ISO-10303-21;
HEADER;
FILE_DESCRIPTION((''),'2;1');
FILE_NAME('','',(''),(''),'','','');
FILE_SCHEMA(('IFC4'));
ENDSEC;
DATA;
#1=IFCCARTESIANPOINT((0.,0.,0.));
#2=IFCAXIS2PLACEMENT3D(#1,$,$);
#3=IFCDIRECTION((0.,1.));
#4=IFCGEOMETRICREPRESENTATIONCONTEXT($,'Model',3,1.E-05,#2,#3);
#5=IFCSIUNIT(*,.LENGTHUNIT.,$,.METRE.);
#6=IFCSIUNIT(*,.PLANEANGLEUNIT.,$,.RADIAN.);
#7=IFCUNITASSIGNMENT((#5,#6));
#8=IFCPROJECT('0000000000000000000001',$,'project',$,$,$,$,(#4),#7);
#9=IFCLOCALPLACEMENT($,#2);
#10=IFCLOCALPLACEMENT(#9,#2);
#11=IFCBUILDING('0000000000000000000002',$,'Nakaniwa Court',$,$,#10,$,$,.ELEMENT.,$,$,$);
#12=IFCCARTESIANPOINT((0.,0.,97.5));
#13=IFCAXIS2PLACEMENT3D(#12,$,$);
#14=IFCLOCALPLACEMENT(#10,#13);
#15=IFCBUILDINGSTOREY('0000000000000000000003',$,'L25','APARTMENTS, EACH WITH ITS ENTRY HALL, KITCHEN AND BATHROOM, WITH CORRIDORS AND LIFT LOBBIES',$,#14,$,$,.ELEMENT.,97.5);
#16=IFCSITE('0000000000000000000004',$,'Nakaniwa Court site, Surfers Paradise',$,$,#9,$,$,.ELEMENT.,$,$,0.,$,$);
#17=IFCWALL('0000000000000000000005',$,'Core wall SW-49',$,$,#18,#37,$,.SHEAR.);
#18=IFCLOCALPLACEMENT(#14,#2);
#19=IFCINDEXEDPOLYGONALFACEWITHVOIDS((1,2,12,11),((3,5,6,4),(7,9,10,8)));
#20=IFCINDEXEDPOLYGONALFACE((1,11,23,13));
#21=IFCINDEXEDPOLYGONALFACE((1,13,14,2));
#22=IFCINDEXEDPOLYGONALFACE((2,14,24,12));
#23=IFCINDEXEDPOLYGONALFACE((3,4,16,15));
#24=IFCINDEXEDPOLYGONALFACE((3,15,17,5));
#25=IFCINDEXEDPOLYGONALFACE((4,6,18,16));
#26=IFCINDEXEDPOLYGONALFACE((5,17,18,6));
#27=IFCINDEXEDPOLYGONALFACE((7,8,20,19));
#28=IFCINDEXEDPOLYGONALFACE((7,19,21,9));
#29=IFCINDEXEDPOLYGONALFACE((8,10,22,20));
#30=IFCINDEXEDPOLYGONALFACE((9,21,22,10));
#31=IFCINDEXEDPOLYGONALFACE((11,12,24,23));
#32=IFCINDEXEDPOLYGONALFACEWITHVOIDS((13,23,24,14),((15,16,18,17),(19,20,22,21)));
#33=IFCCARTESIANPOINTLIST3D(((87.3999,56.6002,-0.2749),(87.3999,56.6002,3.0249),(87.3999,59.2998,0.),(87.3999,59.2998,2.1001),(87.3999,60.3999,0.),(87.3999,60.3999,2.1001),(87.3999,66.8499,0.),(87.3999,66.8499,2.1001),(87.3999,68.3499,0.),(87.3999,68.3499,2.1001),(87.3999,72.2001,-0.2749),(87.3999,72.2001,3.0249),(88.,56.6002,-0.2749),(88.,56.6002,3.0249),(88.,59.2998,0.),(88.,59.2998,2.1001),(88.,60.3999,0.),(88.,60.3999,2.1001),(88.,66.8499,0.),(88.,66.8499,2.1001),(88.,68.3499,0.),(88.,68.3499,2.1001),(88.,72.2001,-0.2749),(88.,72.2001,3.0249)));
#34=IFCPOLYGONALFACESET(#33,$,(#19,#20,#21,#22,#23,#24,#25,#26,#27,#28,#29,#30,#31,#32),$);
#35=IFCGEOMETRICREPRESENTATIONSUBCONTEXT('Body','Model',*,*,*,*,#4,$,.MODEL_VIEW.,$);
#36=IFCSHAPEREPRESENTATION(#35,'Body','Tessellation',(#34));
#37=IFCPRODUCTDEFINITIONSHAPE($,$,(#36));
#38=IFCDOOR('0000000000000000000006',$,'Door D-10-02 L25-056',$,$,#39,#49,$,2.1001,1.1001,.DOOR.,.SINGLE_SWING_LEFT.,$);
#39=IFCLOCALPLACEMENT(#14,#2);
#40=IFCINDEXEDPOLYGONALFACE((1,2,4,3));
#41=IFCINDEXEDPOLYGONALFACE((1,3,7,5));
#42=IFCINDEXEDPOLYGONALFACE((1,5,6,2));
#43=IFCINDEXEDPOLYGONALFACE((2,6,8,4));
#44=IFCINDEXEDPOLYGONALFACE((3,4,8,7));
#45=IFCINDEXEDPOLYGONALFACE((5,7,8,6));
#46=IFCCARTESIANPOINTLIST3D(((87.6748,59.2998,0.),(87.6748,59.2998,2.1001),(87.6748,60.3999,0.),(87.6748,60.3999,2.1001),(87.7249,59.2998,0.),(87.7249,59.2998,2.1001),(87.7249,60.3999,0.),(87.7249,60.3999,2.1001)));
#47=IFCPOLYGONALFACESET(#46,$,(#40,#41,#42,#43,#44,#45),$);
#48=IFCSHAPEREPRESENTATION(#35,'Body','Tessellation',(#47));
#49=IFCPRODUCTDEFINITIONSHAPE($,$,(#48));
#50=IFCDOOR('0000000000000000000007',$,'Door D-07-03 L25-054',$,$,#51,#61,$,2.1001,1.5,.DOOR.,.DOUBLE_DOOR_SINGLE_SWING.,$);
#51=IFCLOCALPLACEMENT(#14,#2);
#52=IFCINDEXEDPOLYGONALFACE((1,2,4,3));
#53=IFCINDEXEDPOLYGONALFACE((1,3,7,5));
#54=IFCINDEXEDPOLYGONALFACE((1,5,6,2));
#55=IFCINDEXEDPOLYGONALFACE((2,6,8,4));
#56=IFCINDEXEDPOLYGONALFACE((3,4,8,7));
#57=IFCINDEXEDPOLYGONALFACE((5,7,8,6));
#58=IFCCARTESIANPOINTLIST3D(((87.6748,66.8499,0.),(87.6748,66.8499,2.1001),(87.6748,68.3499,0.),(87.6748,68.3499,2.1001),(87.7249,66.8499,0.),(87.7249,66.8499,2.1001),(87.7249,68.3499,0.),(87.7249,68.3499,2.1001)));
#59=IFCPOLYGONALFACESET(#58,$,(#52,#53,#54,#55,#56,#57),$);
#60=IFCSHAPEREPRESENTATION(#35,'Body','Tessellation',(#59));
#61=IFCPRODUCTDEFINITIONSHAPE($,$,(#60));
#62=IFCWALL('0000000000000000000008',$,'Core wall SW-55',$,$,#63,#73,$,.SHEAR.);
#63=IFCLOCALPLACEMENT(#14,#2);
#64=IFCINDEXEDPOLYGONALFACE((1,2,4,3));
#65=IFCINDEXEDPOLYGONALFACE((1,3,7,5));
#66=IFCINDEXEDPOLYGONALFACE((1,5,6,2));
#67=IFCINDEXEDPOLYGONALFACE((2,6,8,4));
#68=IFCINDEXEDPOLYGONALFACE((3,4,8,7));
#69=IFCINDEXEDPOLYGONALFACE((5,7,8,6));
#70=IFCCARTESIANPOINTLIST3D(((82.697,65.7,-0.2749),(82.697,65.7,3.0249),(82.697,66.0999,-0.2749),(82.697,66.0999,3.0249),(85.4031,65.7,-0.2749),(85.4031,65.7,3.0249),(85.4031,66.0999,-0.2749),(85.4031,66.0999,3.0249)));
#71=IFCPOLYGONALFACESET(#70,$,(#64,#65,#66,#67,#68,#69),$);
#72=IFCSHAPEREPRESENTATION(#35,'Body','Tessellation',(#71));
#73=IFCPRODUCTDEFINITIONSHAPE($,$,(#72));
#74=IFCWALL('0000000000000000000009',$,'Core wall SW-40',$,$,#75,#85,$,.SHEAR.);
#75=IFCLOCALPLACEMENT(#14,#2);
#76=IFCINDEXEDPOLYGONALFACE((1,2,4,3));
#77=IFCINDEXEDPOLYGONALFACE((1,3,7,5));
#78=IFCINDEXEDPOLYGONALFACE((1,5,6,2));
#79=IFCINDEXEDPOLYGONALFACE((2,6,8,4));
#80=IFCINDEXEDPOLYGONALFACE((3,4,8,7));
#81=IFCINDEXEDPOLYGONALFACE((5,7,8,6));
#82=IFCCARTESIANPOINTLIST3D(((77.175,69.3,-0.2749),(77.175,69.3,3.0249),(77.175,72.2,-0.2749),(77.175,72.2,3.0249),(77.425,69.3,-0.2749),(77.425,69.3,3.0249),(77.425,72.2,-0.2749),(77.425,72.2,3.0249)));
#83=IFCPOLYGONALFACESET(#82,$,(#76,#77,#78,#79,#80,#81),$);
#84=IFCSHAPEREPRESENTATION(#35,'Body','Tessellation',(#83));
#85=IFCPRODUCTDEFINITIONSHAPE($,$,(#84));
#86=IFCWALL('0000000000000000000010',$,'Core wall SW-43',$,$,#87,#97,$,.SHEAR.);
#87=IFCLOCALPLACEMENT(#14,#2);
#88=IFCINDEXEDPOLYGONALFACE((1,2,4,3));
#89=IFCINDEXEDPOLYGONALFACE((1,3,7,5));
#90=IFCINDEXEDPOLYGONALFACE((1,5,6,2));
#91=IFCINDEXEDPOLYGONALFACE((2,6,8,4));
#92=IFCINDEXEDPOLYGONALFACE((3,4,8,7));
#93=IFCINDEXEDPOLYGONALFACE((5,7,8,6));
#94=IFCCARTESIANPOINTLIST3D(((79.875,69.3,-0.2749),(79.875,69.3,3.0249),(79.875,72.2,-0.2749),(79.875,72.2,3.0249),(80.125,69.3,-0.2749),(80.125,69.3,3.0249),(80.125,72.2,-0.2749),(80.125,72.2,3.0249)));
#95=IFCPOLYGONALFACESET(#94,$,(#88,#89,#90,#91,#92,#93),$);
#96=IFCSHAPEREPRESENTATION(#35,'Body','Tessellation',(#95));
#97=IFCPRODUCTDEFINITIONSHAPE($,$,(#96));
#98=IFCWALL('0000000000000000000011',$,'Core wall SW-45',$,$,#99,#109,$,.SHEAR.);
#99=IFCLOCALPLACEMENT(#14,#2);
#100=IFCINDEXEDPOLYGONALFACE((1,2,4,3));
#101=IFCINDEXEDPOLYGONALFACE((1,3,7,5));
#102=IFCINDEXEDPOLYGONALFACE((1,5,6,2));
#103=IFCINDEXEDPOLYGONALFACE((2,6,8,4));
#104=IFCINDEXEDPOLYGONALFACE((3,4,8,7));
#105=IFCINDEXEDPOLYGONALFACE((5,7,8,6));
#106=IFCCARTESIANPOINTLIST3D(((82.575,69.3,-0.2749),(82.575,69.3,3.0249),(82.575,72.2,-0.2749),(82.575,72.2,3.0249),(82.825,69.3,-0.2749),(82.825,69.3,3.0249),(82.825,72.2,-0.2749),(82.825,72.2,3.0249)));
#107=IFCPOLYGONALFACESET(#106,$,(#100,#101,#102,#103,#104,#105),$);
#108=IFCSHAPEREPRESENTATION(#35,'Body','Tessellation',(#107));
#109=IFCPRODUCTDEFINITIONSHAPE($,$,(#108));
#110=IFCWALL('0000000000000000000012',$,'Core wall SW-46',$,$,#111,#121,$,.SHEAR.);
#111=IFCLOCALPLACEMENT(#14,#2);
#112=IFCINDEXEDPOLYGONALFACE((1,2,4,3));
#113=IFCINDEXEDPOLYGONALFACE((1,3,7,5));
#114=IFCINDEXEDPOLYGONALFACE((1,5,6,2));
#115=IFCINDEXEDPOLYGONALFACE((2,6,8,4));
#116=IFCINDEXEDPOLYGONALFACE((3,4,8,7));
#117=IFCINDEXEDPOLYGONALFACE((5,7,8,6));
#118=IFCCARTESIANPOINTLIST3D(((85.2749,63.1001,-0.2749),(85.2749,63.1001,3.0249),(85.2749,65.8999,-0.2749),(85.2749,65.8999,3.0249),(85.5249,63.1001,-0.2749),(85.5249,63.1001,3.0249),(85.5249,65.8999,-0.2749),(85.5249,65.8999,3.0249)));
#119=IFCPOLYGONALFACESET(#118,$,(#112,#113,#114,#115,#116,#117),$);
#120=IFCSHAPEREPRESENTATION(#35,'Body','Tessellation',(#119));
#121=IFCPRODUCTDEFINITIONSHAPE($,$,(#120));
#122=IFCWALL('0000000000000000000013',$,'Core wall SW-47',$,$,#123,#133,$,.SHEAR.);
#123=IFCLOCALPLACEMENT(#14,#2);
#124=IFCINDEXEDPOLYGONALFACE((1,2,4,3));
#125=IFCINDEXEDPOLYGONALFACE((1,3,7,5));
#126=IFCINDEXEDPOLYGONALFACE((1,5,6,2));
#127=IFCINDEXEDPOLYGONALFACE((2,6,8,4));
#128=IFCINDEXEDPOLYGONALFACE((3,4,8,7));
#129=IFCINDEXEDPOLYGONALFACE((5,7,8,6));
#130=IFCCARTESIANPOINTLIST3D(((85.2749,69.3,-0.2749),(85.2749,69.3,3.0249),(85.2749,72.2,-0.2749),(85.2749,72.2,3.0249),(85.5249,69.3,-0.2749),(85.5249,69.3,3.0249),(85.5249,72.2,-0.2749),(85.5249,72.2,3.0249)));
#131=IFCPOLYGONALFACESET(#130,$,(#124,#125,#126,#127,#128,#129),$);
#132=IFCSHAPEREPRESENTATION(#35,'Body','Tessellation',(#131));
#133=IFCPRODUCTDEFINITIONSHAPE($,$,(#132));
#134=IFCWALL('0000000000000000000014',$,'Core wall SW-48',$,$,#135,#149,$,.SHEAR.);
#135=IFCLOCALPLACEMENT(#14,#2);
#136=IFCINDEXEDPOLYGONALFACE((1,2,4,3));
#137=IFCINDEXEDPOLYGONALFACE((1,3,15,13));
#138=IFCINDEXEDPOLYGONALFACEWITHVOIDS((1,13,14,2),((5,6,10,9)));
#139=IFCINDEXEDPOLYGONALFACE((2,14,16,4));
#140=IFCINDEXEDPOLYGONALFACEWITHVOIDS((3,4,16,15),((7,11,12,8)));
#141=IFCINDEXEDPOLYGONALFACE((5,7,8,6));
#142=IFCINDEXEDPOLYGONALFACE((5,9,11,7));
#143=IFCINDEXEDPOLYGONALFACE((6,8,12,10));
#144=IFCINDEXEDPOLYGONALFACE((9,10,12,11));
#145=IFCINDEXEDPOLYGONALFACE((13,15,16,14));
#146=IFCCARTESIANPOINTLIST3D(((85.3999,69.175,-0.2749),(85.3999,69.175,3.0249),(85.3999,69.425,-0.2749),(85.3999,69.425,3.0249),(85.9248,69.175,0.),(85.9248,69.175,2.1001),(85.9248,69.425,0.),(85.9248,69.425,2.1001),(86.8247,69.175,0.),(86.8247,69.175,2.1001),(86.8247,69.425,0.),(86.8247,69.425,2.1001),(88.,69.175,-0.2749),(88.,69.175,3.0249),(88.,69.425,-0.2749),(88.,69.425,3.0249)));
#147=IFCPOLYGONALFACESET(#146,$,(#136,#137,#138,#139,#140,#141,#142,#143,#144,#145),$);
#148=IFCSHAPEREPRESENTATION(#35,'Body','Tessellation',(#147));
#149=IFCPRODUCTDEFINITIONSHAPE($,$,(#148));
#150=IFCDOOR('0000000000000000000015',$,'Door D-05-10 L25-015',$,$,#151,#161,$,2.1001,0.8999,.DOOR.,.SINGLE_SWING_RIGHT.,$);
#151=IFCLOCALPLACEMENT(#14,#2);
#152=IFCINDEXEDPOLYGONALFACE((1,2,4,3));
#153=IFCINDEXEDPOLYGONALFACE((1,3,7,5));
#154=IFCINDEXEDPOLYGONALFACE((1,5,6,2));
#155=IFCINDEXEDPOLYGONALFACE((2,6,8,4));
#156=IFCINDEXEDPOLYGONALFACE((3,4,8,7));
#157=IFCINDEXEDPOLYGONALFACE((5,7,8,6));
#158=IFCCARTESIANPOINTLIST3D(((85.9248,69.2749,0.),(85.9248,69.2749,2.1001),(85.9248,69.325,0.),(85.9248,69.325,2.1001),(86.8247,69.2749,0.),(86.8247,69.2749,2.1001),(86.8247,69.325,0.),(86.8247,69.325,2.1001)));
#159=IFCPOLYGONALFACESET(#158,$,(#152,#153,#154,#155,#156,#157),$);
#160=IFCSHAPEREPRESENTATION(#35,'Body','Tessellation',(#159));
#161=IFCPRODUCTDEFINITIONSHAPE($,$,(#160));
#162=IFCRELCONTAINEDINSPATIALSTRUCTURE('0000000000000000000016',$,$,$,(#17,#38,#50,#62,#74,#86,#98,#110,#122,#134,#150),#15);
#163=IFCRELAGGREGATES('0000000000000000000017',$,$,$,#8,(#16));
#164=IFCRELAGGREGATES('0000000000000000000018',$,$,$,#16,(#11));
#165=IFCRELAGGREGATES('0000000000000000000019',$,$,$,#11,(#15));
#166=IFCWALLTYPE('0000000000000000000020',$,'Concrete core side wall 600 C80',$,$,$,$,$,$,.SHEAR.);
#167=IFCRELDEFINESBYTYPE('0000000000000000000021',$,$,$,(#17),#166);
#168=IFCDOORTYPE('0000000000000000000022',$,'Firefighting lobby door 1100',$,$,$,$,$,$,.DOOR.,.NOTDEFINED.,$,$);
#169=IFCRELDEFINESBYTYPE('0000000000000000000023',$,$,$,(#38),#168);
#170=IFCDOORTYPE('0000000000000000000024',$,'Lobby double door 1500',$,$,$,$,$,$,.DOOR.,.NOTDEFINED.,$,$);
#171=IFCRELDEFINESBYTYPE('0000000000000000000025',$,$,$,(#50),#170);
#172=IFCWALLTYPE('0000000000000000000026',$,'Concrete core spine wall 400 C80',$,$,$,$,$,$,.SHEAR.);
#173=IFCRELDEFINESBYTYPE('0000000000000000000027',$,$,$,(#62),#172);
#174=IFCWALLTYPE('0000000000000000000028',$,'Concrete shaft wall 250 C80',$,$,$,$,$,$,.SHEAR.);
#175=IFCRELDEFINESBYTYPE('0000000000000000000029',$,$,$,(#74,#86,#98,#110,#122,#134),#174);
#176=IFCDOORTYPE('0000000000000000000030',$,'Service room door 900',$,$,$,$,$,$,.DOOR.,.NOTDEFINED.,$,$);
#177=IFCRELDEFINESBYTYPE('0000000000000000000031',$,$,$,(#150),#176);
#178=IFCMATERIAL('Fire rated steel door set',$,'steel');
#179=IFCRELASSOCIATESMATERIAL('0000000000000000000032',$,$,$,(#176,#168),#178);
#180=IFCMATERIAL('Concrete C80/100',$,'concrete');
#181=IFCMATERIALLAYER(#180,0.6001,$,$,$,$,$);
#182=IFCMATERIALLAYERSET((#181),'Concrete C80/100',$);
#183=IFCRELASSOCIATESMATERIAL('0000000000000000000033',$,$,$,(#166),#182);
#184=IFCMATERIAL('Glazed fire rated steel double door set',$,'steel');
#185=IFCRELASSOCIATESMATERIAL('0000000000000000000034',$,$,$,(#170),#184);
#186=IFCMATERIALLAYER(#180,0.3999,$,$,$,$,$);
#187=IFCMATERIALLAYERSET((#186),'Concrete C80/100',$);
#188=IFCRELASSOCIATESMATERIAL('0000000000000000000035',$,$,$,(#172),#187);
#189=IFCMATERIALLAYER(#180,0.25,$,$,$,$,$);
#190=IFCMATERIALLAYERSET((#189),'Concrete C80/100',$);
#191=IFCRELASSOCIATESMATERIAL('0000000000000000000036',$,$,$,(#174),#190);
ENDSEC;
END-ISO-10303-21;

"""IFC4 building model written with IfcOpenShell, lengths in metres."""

from ifc_helpers import new_model, si_unit, direction, frame, frame_2d, origin, place, context, subcontext, project, spatial, rectangle, extrude, material, layer, layer_set, type_object, element, fill, save


model = new_model("IFC4")

# Units and contexts
model_context = context("Model", 3, precision=1e-05, world=origin(), true_north=direction((0.0, 1.0)))
body_context = subcontext(model_context, "Body", "Model", "MODEL_VIEW")
ifc_project = project(units=[si_unit("LENGTHUNIT", "METRE"), si_unit("PLANEANGLEUNIT", "RADIAN")], contexts=[model_context])

# Site, building, storey
site_placement = place(None, origin())
site = spatial("IfcSite", under=ifc_project, at=site_placement, Name="Nakaniwa Court site, Surfers Paradise", CompositionType="ELEMENT", RefElevation=0.0)
building_placement = place(site_placement, origin())
building = spatial("IfcBuilding", under=site, at=building_placement, Name="Nakaniwa Court", CompositionType="ELEMENT")
storey_placement = place(building_placement, frame((0.0, 0.0, 97.5)))
storey = spatial("IfcBuildingStorey", under=building, at=storey_placement, Name="L25", Description="APARTMENTS, EACH WITH ITS ENTRY HALL, KITCHEN AND BATHROOM, WITH CORRIDORS AND LIFT LOBBIES", CompositionType="ELEMENT", Elevation=97.5)

# Shared definitions
ifc_material_1 = material(Name="Concrete C80/100", Category="concrete")

# Shared definitions
ifc_material_2 = material(Name="Fire rated steel door set", Category="steel")
door_type_1 = type_object("IfcDoorType", Name="Service room door 900", OperationType="NOTDEFINED", PredefinedType="DOOR", material=ifc_material_2)

# Wall, openings, doors
ifc_layer_1 = layer(ifc_material_1, 0.6001)
ifc_layer_set_1 = layer_set([ifc_layer_1], Name="Concrete C80/100")
wall_type_1 = type_object("IfcWallType", Name="Concrete core side wall 600 C80", PredefinedType="SHEAR", material=ifc_layer_set_1)
wall_1_placement = place(storey_placement, frame((87.7, 72.2, -0.2749), z_axis=(0.0, 0.0, 1.0), x_axis=(0.0, -1.0, 0.0)))
wall_1 = element("IfcWall", 1, at=wall_1_placement, inside=storey, type_object=wall_type_1, Name="Core wall SW-49", PredefinedType="SHEAR", context=body_context, shape_type="SweptSolid", body=[
    extrude(rectangle(XDim=15.5999, YDim=0.6001, at=frame_2d((7.7998, 0.0))), origin(), (0.0, 0.0, 1.0), 3.2998),
])
opening_1_placement = place(wall_1_placement, frame((3.8501, 0.0, 0.2749)))
opening_1 = element("IfcOpeningElement", 2, at=opening_1_placement, cuts=wall_1, PredefinedType="OPENING", context=body_context, shape_type="SweptSolid", body=[
    extrude(rectangle(XDim=1.5, YDim=2.1001, at=frame_2d((0.75, 1.05))), frame((0.0, 0.3101, 0.0), z_axis=(0.0, -1.0, 0.0), x_axis=(1.0, 0.0, 0.0)), (0.0, 0.0, 1.0), 0.6201),
])
opening_2_placement = place(wall_1_placement, frame((11.8, 0.0, 0.2749)))
opening_2 = element("IfcOpeningElement", 3, at=opening_2_placement, cuts=wall_1, PredefinedType="OPENING", context=body_context, shape_type="SweptSolid", body=[
    extrude(rectangle(XDim=1.1001, YDim=2.1001, at=frame_2d((0.55, 1.05))), frame((0.0, 0.3101, 0.0), z_axis=(0.0, -1.0, 0.0), x_axis=(1.0, 0.0, 0.0)), (0.0, 0.0, 1.0), 0.6201),
])
door_type_2 = type_object("IfcDoorType", Name="Firefighting lobby door 1100", OperationType="NOTDEFINED", PredefinedType="DOOR", material=ifc_material_2)
door_1_placement = place(opening_2_placement, origin())
door_1 = element("IfcDoor", 4, at=door_1_placement, inside=storey, type_object=door_type_2, Name="Door D-10-02 L25-056", OperationType="SINGLE_SWING_LEFT", OverallHeight=2.1001, OverallWidth=1.1001, PredefinedType="DOOR", context=body_context, shape_type="SweptSolid", body=[
    extrude(rectangle(XDim=1.1001, YDim=2.1001, at=frame_2d((0.55, 1.05))), frame((0.0, 0.0249, 0.0), z_axis=(0.0, -1.0, 0.0), x_axis=(1.0, 0.0, 0.0)), (0.0, 0.0, 1.0), 0.05),
])
fill(opening_2, door_1)
ifc_material_3 = material(Name="Glazed fire rated steel double door set", Category="steel")
door_type_3 = type_object("IfcDoorType", Name="Lobby double door 1500", OperationType="NOTDEFINED", PredefinedType="DOOR", material=ifc_material_3)
door_2_placement = place(opening_1_placement, origin())
door_2 = element("IfcDoor", 5, at=door_2_placement, inside=storey, type_object=door_type_3, Name="Door D-07-03 L25-054", OperationType="DOUBLE_DOOR_SINGLE_SWING", OverallHeight=2.1001, OverallWidth=1.5, PredefinedType="DOOR", context=body_context, shape_type="SweptSolid", body=[
    extrude(rectangle(XDim=1.5, YDim=2.1001, at=frame_2d((0.75, 1.05))), frame((0.0, 0.0249, 0.0), z_axis=(0.0, -1.0, 0.0), x_axis=(1.0, 0.0, 0.0)), (0.0, 0.0, 1.0), 0.05),
])
fill(opening_1, door_2)

# Walls
ifc_layer_2 = layer(ifc_material_1, 0.3999)
ifc_layer_set_2 = layer_set([ifc_layer_2], Name="Concrete C80/100")
wall_type_2 = type_object("IfcWallType", Name="Concrete core spine wall 400 C80", PredefinedType="SHEAR", material=ifc_layer_set_2)
wall_2_placement = place(storey_placement, frame((82.697, 65.8999, -0.2749), z_axis=(0.0, 0.0, 1.0), x_axis=(1.0, 0.0, 0.0)))
element("IfcWall", 6, at=wall_2_placement, inside=storey, type_object=wall_type_2, Name="Core wall SW-55", PredefinedType="SHEAR", context=body_context, shape_type="SweptSolid", body=[
    extrude(rectangle(XDim=2.7061, YDim=0.3999, at=frame_2d((1.353, 0.0))), origin(), (0.0, 0.0, 1.0), 3.2998),
])
ifc_layer_3 = layer(ifc_material_1, 0.25)
ifc_layer_set_3 = layer_set([ifc_layer_3], Name="Concrete C80/100")
wall_type_3 = type_object("IfcWallType", Name="Concrete shaft wall 250 C80", PredefinedType="SHEAR", material=ifc_layer_set_3)
for number, where, z_axis, x_axis, name in (
    (7, (77.3, 69.3, -0.2749), (0.0, 0.0, 1.0), (0.0, 1.0, 0.0), "Core wall SW-40"),
    (8, (80.0, 69.3, -0.2749), (0.0, 0.0, 1.0), (0.0, 1.0, 0.0), "Core wall SW-43"),
    (9, (82.7, 69.3, -0.2749), (0.0, 0.0, 1.0), (0.0, 1.0, 0.0), "Core wall SW-45"),
):
    element("IfcWall", number, at=place(storey_placement, frame(where, z_axis=z_axis, x_axis=x_axis)), inside=storey, type_object=wall_type_3, Name=name, PredefinedType="SHEAR", context=body_context, shape_type="SweptSolid", body=[
        extrude(rectangle(XDim=2.8999, YDim=0.25, at=frame_2d((1.45, 0.0))), origin(), (0.0, 0.0, 1.0), 3.2998),
    ])
wall_3_placement = place(storey_placement, frame((85.3999, 63.1001, -0.2749), z_axis=(0.0, 0.0, 1.0), x_axis=(0.0, 1.0, 0.0)))
element("IfcWall", 10, at=wall_3_placement, inside=storey, type_object=wall_type_3, Name="Core wall SW-46", PredefinedType="SHEAR", context=body_context, shape_type="SweptSolid", body=[
    extrude(rectangle(XDim=2.7998, YDim=0.25, at=frame_2d((1.3999, 0.0))), origin(), (0.0, 0.0, 1.0), 3.2998),
])
wall_4_placement = place(storey_placement, frame((85.3999, 69.3, -0.2749), z_axis=(0.0, 0.0, 1.0), x_axis=(0.0, 1.0, 0.0)))
element("IfcWall", 11, at=wall_4_placement, inside=storey, type_object=wall_type_3, Name="Core wall SW-47", PredefinedType="SHEAR", context=body_context, shape_type="SweptSolid", body=[
    extrude(rectangle(XDim=2.8999, YDim=0.25, at=frame_2d((1.45, 0.0))), origin(), (0.0, 0.0, 1.0), 3.2998),
])

# Wall, opening, door
wall_5_placement = place(storey_placement, frame((85.3999, 69.3, -0.2749), z_axis=(0.0, 0.0, 1.0), x_axis=(1.0, 0.0, 0.0)))
wall_5 = element("IfcWall", 12, at=wall_5_placement, inside=storey, type_object=wall_type_3, Name="Core wall SW-48", PredefinedType="SHEAR", context=body_context, shape_type="SweptSolid", body=[
    extrude(rectangle(XDim=2.6001, YDim=0.25, at=frame_2d((1.3, 0.0))), origin(), (0.0, 0.0, 1.0), 3.2998),
])
opening_3_placement = place(wall_5_placement, frame((0.5249, 0.0, 0.2749)))
opening_3 = element("IfcOpeningElement", 13, at=opening_3_placement, cuts=wall_5, PredefinedType="OPENING", context=body_context, shape_type="SweptSolid", body=[
    extrude(rectangle(XDim=0.8999, YDim=2.1001, at=frame_2d((0.45, 1.05))), frame((0.0, 0.135, 0.0), z_axis=(0.0, -1.0, 0.0), x_axis=(1.0, 0.0, 0.0)), (0.0, 0.0, 1.0), 0.27),
])
door_3_placement = place(opening_3_placement, origin())
door_3 = element("IfcDoor", 14, at=door_3_placement, inside=storey, type_object=door_type_1, Name="Door D-05-10 L25-015", OperationType="SINGLE_SWING_RIGHT", OverallHeight=2.1001, OverallWidth=0.8999, PredefinedType="DOOR", context=body_context, shape_type="SweptSolid", body=[
    extrude(rectangle(XDim=0.8999, YDim=2.1001, at=frame_2d((0.45, 1.05))), frame((0.0, 0.0249, 0.0), z_axis=(0.0, -1.0, 0.0), x_axis=(1.0, 0.0, 0.0)), (0.0, 0.0, 1.0), 0.05),
])
fill(opening_3, door_3)

save(model, "model.ifc")
